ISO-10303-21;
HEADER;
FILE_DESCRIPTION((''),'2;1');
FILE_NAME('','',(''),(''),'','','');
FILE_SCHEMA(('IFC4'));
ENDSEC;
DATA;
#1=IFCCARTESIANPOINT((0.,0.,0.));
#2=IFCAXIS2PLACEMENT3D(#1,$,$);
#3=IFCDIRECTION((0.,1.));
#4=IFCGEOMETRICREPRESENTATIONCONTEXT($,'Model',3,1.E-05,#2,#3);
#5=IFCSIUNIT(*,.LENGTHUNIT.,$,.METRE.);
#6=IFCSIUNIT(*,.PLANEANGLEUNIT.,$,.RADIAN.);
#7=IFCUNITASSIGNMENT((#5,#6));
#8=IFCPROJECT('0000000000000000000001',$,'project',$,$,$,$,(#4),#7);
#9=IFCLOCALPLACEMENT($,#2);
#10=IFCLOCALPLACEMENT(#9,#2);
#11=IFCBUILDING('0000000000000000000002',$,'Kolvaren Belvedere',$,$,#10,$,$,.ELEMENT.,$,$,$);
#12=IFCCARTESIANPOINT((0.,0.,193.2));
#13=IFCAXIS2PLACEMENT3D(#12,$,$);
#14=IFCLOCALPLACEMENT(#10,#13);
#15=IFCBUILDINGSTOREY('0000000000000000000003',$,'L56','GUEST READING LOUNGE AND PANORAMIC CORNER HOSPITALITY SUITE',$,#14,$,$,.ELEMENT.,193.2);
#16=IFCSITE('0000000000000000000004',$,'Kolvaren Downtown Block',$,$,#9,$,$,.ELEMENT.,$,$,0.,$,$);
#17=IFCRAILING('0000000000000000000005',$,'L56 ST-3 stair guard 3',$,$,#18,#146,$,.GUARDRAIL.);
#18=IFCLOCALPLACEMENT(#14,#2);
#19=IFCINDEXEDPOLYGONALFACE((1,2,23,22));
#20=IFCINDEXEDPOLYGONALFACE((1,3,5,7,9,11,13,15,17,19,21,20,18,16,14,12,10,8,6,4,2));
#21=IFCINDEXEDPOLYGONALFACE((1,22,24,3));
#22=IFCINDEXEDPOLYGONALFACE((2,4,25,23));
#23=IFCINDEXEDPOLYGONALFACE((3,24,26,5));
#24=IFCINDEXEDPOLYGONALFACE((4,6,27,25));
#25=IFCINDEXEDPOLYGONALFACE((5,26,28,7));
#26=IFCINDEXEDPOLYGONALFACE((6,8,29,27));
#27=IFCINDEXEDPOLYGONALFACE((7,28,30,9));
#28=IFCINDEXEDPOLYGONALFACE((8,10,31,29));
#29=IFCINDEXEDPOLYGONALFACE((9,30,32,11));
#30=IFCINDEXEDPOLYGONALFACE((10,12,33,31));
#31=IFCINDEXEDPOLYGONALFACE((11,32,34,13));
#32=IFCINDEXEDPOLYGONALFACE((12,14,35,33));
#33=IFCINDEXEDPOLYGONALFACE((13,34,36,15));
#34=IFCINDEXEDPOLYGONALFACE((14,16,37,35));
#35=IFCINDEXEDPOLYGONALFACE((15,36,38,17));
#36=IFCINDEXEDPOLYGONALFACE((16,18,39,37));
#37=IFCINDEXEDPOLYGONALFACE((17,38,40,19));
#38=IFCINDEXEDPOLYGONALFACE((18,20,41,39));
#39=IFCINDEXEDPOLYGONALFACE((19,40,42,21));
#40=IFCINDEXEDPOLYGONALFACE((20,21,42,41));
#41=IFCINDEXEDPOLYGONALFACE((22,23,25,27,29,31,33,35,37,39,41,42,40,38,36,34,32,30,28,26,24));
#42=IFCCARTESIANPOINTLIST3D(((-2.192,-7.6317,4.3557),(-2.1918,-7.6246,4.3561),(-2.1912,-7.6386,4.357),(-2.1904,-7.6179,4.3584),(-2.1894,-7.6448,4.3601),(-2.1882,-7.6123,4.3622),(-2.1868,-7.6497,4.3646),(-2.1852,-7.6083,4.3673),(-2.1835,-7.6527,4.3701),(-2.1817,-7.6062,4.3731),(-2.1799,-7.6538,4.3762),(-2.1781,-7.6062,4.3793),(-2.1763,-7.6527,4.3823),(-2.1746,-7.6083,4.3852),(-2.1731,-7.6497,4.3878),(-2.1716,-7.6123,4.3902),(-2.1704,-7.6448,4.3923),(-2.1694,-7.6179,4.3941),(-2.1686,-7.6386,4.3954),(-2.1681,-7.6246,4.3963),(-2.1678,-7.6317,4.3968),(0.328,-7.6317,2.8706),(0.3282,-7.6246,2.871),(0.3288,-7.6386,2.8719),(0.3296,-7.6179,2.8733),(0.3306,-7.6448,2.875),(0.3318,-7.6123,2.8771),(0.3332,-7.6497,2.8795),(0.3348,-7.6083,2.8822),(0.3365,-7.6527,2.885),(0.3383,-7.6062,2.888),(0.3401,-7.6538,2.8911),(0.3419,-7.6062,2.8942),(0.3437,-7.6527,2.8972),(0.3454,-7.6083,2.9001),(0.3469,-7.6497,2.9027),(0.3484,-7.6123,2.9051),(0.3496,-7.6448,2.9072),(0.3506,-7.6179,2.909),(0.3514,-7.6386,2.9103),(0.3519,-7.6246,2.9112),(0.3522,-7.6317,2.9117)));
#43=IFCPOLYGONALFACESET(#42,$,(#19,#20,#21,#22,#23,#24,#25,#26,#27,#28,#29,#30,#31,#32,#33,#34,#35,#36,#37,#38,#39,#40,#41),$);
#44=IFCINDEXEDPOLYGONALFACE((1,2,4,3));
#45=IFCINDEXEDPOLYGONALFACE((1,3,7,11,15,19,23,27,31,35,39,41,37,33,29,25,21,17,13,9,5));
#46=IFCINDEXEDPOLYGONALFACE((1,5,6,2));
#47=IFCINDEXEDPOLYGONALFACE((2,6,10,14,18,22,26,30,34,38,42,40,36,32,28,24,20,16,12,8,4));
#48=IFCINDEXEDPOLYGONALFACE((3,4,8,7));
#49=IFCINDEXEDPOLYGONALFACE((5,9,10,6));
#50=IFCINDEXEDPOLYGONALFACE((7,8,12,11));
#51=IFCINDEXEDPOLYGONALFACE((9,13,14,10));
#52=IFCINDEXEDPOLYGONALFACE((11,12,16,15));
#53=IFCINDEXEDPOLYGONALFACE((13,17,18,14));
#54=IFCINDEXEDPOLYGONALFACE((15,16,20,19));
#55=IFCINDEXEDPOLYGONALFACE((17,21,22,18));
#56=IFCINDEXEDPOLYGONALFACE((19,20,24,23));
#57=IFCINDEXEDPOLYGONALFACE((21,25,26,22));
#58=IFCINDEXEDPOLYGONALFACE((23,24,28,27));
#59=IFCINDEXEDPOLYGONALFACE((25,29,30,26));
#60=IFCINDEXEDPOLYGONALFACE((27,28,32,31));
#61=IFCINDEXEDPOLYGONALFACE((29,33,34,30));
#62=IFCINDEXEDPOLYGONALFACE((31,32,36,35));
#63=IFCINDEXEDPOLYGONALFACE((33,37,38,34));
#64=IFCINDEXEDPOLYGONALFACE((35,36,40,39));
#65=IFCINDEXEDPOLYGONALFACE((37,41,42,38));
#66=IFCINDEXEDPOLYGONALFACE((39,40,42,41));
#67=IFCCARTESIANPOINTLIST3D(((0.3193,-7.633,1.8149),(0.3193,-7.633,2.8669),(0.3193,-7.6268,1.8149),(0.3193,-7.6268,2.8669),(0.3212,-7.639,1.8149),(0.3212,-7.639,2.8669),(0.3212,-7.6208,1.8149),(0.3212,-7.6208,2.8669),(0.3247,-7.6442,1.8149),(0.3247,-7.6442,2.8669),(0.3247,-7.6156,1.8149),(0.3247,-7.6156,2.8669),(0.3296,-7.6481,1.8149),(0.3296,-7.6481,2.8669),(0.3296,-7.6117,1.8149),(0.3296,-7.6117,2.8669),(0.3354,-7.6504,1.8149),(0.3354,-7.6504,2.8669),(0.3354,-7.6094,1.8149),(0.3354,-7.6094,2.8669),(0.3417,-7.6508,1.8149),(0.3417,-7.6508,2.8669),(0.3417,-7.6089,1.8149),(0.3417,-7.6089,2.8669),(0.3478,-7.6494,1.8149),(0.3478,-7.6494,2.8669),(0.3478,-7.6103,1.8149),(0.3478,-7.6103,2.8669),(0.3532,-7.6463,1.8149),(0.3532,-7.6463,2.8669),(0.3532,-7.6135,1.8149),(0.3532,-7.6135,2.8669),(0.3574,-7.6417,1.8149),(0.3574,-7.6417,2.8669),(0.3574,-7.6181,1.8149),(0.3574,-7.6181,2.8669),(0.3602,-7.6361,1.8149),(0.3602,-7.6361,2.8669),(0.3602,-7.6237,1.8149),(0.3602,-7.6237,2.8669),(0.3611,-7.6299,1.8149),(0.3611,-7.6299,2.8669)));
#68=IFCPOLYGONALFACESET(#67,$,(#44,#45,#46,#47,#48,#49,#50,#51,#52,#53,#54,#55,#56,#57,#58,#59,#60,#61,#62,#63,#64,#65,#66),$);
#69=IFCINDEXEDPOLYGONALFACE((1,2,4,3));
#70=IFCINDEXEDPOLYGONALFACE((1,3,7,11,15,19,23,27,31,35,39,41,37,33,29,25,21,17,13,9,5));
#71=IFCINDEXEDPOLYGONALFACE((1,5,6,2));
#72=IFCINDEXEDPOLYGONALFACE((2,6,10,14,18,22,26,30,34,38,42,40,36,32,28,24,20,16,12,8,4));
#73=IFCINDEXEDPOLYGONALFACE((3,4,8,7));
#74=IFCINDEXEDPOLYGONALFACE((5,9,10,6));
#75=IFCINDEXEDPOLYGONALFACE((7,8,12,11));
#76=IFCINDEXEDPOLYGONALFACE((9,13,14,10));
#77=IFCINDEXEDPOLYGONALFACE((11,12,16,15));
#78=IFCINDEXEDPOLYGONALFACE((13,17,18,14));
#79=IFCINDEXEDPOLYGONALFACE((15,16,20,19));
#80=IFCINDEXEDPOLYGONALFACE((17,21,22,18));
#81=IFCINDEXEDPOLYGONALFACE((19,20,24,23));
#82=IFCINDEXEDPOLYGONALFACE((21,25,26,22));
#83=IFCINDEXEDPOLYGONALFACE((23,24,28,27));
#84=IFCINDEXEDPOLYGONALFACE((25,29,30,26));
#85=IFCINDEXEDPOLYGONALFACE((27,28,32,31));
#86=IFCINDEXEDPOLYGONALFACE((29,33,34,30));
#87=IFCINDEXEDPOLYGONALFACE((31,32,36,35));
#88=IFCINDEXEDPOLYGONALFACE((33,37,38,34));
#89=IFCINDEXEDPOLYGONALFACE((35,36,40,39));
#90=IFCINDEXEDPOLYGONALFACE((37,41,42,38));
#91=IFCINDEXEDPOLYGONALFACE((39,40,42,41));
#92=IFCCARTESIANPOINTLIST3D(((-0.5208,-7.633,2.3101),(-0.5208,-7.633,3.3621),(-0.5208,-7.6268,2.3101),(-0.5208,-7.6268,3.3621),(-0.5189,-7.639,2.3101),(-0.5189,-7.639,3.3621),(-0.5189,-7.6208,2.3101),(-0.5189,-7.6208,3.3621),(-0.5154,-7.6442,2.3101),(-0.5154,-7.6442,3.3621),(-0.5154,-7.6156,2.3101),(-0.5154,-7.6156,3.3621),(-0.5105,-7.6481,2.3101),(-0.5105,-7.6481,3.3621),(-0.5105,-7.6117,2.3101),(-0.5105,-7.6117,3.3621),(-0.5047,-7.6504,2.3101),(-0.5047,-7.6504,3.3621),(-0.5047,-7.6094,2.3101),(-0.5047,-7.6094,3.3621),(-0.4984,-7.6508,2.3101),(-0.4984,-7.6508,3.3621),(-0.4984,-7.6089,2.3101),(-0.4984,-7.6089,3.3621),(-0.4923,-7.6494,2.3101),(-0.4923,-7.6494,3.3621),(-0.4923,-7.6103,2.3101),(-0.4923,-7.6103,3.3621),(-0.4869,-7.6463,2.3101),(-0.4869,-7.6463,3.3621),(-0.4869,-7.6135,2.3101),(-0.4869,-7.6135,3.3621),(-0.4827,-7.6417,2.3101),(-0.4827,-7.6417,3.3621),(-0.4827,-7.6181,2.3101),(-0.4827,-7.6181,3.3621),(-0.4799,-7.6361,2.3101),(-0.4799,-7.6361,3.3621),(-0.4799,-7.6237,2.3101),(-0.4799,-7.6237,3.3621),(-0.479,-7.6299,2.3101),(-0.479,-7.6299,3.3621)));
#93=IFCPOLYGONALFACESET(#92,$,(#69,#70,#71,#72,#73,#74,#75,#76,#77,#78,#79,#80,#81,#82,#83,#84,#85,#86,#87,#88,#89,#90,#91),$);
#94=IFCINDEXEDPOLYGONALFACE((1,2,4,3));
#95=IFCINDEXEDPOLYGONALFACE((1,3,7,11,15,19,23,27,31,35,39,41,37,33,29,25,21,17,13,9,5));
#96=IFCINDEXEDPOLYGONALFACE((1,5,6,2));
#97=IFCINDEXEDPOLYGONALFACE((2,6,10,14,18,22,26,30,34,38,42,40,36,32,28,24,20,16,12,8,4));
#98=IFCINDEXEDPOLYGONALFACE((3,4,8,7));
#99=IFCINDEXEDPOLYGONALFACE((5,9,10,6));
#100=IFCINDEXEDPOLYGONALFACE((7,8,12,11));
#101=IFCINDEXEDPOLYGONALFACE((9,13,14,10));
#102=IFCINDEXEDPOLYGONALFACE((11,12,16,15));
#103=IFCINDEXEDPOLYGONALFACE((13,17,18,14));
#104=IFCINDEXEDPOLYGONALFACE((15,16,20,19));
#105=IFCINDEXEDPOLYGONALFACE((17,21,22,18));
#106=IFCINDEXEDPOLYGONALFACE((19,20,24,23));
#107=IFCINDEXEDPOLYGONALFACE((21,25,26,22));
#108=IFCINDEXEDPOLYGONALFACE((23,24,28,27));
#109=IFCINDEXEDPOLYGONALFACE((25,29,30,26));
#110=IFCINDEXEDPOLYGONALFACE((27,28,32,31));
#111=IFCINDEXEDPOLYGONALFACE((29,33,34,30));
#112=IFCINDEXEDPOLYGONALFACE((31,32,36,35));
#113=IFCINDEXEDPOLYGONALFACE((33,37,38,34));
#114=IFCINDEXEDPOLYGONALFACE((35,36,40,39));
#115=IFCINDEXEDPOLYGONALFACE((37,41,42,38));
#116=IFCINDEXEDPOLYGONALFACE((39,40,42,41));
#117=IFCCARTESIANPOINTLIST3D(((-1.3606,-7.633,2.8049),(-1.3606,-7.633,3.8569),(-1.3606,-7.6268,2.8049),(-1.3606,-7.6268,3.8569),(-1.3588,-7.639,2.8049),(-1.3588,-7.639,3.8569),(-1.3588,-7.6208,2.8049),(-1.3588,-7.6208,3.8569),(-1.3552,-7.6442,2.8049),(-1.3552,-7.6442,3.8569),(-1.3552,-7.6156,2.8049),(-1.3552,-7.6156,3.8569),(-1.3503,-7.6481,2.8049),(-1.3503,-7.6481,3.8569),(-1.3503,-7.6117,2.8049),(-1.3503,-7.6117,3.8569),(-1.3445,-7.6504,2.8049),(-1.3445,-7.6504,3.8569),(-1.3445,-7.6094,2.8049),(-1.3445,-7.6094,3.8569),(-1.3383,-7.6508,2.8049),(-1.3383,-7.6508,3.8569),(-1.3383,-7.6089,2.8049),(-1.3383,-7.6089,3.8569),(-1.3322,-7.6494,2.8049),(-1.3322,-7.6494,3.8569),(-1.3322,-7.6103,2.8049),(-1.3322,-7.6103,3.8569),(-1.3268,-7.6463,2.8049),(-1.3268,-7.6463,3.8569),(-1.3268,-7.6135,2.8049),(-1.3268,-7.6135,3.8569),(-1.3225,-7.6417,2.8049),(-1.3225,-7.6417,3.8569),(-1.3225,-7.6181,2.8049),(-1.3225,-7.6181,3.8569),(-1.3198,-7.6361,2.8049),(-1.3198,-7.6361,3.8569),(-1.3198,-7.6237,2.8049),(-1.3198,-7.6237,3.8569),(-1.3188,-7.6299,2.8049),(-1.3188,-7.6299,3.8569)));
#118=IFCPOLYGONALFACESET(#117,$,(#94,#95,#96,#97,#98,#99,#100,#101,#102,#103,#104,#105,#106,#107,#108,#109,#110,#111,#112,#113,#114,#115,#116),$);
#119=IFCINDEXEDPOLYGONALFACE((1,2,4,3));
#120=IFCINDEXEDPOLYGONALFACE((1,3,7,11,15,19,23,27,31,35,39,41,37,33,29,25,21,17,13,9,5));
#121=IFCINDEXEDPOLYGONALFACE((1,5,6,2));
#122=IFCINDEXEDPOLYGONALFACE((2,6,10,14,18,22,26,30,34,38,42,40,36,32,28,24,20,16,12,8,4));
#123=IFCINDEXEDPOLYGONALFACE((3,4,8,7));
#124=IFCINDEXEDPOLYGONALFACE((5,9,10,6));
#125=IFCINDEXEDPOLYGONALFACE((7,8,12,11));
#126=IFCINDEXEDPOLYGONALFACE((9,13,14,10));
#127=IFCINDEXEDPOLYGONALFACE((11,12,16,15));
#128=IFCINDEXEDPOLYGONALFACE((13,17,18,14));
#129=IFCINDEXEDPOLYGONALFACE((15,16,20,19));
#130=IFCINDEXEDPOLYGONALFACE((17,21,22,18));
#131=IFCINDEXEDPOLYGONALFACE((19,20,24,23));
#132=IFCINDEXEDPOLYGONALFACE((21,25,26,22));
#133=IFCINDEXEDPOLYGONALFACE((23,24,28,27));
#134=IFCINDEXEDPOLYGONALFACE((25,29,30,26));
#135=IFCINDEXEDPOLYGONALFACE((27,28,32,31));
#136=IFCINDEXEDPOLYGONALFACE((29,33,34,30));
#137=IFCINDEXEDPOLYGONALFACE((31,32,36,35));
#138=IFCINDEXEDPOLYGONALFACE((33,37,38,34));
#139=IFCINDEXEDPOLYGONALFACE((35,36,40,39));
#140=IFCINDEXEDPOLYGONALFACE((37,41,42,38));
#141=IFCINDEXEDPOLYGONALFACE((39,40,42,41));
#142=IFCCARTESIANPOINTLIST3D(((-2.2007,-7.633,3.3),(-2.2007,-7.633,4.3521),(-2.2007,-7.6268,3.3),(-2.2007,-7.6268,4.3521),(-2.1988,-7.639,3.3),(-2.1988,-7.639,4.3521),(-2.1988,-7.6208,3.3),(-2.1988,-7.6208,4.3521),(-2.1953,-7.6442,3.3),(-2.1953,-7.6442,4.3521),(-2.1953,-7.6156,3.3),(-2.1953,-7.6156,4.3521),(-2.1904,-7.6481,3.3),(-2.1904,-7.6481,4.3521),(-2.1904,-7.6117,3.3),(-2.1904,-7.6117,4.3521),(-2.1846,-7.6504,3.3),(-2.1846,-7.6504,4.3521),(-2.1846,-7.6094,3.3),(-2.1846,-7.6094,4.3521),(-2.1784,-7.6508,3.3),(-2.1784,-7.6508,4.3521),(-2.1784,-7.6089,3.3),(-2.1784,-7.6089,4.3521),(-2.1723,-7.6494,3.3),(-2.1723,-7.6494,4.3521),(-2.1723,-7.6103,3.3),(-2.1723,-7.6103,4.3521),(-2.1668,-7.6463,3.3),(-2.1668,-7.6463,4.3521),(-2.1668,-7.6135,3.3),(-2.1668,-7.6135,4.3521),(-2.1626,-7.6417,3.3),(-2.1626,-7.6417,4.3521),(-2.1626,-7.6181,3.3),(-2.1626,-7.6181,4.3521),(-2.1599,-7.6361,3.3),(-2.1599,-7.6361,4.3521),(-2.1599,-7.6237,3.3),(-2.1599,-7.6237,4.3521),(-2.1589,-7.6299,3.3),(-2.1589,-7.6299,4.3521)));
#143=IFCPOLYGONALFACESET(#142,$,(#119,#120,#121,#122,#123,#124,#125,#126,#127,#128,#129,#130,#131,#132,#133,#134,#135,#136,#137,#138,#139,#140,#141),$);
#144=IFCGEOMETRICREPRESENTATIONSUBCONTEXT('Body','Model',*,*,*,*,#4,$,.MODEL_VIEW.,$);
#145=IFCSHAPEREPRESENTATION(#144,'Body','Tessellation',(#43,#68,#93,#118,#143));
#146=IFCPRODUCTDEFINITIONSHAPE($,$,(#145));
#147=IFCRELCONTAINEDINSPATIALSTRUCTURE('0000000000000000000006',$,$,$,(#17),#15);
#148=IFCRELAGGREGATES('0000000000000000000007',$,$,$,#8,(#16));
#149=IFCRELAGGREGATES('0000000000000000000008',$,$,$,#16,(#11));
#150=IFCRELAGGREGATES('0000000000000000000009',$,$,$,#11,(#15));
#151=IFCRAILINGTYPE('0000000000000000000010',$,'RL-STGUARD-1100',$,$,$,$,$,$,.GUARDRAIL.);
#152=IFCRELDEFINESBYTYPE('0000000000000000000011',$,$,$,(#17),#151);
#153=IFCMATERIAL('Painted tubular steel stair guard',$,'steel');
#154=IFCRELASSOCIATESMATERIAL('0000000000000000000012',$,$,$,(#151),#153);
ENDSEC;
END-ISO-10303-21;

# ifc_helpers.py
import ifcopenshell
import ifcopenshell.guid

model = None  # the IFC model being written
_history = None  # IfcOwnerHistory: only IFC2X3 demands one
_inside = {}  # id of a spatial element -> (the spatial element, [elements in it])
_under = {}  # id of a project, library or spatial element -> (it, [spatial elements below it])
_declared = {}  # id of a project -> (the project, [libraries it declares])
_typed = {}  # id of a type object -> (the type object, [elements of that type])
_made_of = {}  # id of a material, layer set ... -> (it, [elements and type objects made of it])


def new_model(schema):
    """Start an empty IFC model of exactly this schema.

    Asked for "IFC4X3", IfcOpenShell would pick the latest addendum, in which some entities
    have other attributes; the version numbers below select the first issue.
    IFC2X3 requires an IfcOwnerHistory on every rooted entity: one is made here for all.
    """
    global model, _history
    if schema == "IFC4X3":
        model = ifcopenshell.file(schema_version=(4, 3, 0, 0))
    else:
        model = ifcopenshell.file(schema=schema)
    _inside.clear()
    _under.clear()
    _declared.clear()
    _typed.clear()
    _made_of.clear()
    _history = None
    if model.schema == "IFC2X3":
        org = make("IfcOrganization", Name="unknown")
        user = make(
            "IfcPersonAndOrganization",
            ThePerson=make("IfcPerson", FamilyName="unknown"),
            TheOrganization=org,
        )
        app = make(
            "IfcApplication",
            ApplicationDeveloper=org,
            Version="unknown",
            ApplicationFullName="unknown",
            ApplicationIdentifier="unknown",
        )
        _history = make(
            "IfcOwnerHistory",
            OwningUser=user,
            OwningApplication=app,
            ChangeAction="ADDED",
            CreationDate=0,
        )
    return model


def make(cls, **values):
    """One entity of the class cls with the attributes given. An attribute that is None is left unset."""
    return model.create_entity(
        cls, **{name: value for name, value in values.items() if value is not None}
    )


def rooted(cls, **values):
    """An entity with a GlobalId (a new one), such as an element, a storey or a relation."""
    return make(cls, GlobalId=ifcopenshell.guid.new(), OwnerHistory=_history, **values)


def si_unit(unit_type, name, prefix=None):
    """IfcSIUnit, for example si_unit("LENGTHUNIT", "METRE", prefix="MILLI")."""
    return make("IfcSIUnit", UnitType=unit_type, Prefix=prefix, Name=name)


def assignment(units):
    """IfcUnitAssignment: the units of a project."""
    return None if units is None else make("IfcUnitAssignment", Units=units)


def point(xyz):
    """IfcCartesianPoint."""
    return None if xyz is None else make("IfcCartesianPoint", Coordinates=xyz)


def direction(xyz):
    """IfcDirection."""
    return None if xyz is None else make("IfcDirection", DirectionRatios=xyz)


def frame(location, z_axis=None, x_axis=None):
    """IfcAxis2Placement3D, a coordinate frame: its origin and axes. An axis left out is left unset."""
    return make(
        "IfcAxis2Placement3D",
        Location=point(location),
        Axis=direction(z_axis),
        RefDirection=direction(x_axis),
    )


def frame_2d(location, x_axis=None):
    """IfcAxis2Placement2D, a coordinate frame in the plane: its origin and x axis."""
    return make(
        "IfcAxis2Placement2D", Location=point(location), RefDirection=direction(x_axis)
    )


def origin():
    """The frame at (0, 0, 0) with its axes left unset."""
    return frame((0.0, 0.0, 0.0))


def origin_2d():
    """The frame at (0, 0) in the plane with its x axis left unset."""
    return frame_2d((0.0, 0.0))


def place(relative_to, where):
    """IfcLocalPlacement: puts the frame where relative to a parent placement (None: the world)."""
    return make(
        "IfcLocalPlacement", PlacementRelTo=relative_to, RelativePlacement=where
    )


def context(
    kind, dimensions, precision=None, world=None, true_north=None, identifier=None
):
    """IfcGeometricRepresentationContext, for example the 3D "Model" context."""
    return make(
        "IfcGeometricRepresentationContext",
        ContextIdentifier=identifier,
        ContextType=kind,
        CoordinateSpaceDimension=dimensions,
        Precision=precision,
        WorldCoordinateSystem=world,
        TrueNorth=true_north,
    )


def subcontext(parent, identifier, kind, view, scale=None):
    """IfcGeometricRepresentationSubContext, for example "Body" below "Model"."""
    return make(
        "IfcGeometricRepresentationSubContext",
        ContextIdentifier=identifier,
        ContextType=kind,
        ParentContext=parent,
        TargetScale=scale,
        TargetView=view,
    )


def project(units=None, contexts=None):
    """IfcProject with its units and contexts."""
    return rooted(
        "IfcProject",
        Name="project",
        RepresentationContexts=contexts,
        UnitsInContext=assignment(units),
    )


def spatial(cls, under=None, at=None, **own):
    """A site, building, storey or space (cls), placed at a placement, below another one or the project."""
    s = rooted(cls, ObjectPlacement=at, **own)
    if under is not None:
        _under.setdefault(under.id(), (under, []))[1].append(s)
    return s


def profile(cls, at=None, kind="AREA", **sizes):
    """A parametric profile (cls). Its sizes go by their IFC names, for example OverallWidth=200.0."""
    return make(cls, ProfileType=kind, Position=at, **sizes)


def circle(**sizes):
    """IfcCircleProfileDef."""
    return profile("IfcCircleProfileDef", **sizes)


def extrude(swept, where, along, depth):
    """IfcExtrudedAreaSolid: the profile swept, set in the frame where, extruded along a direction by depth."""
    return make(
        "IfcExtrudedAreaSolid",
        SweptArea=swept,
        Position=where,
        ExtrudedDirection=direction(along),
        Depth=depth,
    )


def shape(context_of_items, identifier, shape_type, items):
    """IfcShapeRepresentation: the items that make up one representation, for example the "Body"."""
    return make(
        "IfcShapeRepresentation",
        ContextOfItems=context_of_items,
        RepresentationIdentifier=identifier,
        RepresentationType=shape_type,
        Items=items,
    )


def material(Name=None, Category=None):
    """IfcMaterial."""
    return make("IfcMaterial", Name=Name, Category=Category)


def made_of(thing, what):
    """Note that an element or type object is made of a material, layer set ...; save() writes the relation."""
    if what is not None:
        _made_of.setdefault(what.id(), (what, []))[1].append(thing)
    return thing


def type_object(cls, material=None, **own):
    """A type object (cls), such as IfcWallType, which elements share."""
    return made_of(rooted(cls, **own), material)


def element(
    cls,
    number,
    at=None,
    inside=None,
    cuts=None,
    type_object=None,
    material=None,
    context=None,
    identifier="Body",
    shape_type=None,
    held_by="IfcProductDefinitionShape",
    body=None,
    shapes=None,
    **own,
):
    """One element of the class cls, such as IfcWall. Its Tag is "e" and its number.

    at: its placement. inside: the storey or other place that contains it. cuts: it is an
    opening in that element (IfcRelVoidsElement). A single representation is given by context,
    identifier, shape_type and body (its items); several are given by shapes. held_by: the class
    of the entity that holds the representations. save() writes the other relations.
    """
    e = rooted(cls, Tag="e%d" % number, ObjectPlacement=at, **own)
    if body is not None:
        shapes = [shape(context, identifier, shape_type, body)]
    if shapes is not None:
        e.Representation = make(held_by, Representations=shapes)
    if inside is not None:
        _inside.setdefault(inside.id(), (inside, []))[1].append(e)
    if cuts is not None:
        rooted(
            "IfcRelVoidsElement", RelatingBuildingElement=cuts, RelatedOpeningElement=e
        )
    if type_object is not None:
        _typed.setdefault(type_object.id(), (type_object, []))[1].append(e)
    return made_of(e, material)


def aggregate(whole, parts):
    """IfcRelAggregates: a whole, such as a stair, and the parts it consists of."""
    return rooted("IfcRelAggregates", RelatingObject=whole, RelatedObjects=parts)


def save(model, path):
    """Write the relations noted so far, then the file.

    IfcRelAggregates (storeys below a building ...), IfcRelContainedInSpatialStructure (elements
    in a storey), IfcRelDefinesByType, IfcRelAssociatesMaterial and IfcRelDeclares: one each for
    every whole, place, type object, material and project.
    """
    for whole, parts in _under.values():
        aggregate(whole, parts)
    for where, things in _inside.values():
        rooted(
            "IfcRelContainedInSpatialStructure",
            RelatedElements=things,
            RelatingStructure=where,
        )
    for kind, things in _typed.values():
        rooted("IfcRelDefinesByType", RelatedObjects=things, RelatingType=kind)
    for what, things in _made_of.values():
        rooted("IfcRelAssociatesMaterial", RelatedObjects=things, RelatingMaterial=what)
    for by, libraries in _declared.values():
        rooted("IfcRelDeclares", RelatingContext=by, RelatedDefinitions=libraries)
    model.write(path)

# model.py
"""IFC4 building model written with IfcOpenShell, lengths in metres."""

from ifc_helpers import new_model, si_unit, direction, frame, origin, origin_2d, place, context, subcontext, project, spatial, circle, extrude, material, type_object, element, save


model = new_model("IFC4")

# Units and contexts
model_context = context("Model", 3, precision=1e-05, world=origin(), true_north=direction((0.0, 1.0)))
body_context = subcontext(model_context, "Body", "Model", "MODEL_VIEW")
ifc_project = project(units=[si_unit("LENGTHUNIT", "METRE"), si_unit("PLANEANGLEUNIT", "RADIAN")], contexts=[model_context])

# Site, building, storey
site_placement = place(None, origin())
site = spatial("IfcSite", under=ifc_project, at=site_placement, Name="Kolvaren Downtown Block", CompositionType="ELEMENT", RefElevation=0.0)
building_placement = place(site_placement, origin())
building = spatial("IfcBuilding", under=site, at=building_placement, Name="Kolvaren Belvedere", CompositionType="ELEMENT")
storey_placement = place(building_placement, frame((0.0, 0.0, 193.2)))
storey = spatial("IfcBuildingStorey", under=building, at=storey_placement, Name="L56", Description="GUEST READING LOUNGE AND PANORAMIC CORNER HOSPITALITY SUITE", CompositionType="ELEMENT", Elevation=193.2)

# Railing
ifc_material_1 = material(Name="Painted tubular steel stair guard", Category="steel")
railing_type_1 = type_object("IfcRailingType", Name="RL-STGUARD-1100", PredefinedType="GUARDRAIL", material=ifc_material_1)
railing_1_placement = place(storey_placement, frame((0.3401, -7.6299, 1.8149)))
element("IfcRailing", 1, at=railing_1_placement, inside=storey, type_object=railing_type_1, Name="L56 ST-3 stair guard 3", PredefinedType="GUARDRAIL", context=body_context, shape_type="SweptSolid", body=[
    extrude(circle(Radius=0.0239, at=origin_2d()), frame((0.0, 0.0, 1.0762), z_axis=(-0.861524, 0.0, 0.507717), x_axis=(0.0, -1.0, 0.0)), (0.0, 0.0, 1.0), 2.925),
    extrude(circle(Radius=0.021, at=origin_2d()), origin(), (0.0, 0.0, 1.0), 1.052),
    extrude(circle(Radius=0.021, at=origin_2d()), frame((-0.8401, 0.0, 0.4951)), (0.0, 0.0, 1.0), 1.052),
    extrude(circle(Radius=0.021, at=origin_2d()), frame((-1.6799, 0.0, 0.99)), (0.0, 0.0, 1.0), 1.052),
    extrude(circle(Radius=0.021, at=origin_2d()), frame((-2.52, 0.0, 1.4851)), (0.0, 0.0, 1.0), 1.052),
])

save(model, "model.ifc")
